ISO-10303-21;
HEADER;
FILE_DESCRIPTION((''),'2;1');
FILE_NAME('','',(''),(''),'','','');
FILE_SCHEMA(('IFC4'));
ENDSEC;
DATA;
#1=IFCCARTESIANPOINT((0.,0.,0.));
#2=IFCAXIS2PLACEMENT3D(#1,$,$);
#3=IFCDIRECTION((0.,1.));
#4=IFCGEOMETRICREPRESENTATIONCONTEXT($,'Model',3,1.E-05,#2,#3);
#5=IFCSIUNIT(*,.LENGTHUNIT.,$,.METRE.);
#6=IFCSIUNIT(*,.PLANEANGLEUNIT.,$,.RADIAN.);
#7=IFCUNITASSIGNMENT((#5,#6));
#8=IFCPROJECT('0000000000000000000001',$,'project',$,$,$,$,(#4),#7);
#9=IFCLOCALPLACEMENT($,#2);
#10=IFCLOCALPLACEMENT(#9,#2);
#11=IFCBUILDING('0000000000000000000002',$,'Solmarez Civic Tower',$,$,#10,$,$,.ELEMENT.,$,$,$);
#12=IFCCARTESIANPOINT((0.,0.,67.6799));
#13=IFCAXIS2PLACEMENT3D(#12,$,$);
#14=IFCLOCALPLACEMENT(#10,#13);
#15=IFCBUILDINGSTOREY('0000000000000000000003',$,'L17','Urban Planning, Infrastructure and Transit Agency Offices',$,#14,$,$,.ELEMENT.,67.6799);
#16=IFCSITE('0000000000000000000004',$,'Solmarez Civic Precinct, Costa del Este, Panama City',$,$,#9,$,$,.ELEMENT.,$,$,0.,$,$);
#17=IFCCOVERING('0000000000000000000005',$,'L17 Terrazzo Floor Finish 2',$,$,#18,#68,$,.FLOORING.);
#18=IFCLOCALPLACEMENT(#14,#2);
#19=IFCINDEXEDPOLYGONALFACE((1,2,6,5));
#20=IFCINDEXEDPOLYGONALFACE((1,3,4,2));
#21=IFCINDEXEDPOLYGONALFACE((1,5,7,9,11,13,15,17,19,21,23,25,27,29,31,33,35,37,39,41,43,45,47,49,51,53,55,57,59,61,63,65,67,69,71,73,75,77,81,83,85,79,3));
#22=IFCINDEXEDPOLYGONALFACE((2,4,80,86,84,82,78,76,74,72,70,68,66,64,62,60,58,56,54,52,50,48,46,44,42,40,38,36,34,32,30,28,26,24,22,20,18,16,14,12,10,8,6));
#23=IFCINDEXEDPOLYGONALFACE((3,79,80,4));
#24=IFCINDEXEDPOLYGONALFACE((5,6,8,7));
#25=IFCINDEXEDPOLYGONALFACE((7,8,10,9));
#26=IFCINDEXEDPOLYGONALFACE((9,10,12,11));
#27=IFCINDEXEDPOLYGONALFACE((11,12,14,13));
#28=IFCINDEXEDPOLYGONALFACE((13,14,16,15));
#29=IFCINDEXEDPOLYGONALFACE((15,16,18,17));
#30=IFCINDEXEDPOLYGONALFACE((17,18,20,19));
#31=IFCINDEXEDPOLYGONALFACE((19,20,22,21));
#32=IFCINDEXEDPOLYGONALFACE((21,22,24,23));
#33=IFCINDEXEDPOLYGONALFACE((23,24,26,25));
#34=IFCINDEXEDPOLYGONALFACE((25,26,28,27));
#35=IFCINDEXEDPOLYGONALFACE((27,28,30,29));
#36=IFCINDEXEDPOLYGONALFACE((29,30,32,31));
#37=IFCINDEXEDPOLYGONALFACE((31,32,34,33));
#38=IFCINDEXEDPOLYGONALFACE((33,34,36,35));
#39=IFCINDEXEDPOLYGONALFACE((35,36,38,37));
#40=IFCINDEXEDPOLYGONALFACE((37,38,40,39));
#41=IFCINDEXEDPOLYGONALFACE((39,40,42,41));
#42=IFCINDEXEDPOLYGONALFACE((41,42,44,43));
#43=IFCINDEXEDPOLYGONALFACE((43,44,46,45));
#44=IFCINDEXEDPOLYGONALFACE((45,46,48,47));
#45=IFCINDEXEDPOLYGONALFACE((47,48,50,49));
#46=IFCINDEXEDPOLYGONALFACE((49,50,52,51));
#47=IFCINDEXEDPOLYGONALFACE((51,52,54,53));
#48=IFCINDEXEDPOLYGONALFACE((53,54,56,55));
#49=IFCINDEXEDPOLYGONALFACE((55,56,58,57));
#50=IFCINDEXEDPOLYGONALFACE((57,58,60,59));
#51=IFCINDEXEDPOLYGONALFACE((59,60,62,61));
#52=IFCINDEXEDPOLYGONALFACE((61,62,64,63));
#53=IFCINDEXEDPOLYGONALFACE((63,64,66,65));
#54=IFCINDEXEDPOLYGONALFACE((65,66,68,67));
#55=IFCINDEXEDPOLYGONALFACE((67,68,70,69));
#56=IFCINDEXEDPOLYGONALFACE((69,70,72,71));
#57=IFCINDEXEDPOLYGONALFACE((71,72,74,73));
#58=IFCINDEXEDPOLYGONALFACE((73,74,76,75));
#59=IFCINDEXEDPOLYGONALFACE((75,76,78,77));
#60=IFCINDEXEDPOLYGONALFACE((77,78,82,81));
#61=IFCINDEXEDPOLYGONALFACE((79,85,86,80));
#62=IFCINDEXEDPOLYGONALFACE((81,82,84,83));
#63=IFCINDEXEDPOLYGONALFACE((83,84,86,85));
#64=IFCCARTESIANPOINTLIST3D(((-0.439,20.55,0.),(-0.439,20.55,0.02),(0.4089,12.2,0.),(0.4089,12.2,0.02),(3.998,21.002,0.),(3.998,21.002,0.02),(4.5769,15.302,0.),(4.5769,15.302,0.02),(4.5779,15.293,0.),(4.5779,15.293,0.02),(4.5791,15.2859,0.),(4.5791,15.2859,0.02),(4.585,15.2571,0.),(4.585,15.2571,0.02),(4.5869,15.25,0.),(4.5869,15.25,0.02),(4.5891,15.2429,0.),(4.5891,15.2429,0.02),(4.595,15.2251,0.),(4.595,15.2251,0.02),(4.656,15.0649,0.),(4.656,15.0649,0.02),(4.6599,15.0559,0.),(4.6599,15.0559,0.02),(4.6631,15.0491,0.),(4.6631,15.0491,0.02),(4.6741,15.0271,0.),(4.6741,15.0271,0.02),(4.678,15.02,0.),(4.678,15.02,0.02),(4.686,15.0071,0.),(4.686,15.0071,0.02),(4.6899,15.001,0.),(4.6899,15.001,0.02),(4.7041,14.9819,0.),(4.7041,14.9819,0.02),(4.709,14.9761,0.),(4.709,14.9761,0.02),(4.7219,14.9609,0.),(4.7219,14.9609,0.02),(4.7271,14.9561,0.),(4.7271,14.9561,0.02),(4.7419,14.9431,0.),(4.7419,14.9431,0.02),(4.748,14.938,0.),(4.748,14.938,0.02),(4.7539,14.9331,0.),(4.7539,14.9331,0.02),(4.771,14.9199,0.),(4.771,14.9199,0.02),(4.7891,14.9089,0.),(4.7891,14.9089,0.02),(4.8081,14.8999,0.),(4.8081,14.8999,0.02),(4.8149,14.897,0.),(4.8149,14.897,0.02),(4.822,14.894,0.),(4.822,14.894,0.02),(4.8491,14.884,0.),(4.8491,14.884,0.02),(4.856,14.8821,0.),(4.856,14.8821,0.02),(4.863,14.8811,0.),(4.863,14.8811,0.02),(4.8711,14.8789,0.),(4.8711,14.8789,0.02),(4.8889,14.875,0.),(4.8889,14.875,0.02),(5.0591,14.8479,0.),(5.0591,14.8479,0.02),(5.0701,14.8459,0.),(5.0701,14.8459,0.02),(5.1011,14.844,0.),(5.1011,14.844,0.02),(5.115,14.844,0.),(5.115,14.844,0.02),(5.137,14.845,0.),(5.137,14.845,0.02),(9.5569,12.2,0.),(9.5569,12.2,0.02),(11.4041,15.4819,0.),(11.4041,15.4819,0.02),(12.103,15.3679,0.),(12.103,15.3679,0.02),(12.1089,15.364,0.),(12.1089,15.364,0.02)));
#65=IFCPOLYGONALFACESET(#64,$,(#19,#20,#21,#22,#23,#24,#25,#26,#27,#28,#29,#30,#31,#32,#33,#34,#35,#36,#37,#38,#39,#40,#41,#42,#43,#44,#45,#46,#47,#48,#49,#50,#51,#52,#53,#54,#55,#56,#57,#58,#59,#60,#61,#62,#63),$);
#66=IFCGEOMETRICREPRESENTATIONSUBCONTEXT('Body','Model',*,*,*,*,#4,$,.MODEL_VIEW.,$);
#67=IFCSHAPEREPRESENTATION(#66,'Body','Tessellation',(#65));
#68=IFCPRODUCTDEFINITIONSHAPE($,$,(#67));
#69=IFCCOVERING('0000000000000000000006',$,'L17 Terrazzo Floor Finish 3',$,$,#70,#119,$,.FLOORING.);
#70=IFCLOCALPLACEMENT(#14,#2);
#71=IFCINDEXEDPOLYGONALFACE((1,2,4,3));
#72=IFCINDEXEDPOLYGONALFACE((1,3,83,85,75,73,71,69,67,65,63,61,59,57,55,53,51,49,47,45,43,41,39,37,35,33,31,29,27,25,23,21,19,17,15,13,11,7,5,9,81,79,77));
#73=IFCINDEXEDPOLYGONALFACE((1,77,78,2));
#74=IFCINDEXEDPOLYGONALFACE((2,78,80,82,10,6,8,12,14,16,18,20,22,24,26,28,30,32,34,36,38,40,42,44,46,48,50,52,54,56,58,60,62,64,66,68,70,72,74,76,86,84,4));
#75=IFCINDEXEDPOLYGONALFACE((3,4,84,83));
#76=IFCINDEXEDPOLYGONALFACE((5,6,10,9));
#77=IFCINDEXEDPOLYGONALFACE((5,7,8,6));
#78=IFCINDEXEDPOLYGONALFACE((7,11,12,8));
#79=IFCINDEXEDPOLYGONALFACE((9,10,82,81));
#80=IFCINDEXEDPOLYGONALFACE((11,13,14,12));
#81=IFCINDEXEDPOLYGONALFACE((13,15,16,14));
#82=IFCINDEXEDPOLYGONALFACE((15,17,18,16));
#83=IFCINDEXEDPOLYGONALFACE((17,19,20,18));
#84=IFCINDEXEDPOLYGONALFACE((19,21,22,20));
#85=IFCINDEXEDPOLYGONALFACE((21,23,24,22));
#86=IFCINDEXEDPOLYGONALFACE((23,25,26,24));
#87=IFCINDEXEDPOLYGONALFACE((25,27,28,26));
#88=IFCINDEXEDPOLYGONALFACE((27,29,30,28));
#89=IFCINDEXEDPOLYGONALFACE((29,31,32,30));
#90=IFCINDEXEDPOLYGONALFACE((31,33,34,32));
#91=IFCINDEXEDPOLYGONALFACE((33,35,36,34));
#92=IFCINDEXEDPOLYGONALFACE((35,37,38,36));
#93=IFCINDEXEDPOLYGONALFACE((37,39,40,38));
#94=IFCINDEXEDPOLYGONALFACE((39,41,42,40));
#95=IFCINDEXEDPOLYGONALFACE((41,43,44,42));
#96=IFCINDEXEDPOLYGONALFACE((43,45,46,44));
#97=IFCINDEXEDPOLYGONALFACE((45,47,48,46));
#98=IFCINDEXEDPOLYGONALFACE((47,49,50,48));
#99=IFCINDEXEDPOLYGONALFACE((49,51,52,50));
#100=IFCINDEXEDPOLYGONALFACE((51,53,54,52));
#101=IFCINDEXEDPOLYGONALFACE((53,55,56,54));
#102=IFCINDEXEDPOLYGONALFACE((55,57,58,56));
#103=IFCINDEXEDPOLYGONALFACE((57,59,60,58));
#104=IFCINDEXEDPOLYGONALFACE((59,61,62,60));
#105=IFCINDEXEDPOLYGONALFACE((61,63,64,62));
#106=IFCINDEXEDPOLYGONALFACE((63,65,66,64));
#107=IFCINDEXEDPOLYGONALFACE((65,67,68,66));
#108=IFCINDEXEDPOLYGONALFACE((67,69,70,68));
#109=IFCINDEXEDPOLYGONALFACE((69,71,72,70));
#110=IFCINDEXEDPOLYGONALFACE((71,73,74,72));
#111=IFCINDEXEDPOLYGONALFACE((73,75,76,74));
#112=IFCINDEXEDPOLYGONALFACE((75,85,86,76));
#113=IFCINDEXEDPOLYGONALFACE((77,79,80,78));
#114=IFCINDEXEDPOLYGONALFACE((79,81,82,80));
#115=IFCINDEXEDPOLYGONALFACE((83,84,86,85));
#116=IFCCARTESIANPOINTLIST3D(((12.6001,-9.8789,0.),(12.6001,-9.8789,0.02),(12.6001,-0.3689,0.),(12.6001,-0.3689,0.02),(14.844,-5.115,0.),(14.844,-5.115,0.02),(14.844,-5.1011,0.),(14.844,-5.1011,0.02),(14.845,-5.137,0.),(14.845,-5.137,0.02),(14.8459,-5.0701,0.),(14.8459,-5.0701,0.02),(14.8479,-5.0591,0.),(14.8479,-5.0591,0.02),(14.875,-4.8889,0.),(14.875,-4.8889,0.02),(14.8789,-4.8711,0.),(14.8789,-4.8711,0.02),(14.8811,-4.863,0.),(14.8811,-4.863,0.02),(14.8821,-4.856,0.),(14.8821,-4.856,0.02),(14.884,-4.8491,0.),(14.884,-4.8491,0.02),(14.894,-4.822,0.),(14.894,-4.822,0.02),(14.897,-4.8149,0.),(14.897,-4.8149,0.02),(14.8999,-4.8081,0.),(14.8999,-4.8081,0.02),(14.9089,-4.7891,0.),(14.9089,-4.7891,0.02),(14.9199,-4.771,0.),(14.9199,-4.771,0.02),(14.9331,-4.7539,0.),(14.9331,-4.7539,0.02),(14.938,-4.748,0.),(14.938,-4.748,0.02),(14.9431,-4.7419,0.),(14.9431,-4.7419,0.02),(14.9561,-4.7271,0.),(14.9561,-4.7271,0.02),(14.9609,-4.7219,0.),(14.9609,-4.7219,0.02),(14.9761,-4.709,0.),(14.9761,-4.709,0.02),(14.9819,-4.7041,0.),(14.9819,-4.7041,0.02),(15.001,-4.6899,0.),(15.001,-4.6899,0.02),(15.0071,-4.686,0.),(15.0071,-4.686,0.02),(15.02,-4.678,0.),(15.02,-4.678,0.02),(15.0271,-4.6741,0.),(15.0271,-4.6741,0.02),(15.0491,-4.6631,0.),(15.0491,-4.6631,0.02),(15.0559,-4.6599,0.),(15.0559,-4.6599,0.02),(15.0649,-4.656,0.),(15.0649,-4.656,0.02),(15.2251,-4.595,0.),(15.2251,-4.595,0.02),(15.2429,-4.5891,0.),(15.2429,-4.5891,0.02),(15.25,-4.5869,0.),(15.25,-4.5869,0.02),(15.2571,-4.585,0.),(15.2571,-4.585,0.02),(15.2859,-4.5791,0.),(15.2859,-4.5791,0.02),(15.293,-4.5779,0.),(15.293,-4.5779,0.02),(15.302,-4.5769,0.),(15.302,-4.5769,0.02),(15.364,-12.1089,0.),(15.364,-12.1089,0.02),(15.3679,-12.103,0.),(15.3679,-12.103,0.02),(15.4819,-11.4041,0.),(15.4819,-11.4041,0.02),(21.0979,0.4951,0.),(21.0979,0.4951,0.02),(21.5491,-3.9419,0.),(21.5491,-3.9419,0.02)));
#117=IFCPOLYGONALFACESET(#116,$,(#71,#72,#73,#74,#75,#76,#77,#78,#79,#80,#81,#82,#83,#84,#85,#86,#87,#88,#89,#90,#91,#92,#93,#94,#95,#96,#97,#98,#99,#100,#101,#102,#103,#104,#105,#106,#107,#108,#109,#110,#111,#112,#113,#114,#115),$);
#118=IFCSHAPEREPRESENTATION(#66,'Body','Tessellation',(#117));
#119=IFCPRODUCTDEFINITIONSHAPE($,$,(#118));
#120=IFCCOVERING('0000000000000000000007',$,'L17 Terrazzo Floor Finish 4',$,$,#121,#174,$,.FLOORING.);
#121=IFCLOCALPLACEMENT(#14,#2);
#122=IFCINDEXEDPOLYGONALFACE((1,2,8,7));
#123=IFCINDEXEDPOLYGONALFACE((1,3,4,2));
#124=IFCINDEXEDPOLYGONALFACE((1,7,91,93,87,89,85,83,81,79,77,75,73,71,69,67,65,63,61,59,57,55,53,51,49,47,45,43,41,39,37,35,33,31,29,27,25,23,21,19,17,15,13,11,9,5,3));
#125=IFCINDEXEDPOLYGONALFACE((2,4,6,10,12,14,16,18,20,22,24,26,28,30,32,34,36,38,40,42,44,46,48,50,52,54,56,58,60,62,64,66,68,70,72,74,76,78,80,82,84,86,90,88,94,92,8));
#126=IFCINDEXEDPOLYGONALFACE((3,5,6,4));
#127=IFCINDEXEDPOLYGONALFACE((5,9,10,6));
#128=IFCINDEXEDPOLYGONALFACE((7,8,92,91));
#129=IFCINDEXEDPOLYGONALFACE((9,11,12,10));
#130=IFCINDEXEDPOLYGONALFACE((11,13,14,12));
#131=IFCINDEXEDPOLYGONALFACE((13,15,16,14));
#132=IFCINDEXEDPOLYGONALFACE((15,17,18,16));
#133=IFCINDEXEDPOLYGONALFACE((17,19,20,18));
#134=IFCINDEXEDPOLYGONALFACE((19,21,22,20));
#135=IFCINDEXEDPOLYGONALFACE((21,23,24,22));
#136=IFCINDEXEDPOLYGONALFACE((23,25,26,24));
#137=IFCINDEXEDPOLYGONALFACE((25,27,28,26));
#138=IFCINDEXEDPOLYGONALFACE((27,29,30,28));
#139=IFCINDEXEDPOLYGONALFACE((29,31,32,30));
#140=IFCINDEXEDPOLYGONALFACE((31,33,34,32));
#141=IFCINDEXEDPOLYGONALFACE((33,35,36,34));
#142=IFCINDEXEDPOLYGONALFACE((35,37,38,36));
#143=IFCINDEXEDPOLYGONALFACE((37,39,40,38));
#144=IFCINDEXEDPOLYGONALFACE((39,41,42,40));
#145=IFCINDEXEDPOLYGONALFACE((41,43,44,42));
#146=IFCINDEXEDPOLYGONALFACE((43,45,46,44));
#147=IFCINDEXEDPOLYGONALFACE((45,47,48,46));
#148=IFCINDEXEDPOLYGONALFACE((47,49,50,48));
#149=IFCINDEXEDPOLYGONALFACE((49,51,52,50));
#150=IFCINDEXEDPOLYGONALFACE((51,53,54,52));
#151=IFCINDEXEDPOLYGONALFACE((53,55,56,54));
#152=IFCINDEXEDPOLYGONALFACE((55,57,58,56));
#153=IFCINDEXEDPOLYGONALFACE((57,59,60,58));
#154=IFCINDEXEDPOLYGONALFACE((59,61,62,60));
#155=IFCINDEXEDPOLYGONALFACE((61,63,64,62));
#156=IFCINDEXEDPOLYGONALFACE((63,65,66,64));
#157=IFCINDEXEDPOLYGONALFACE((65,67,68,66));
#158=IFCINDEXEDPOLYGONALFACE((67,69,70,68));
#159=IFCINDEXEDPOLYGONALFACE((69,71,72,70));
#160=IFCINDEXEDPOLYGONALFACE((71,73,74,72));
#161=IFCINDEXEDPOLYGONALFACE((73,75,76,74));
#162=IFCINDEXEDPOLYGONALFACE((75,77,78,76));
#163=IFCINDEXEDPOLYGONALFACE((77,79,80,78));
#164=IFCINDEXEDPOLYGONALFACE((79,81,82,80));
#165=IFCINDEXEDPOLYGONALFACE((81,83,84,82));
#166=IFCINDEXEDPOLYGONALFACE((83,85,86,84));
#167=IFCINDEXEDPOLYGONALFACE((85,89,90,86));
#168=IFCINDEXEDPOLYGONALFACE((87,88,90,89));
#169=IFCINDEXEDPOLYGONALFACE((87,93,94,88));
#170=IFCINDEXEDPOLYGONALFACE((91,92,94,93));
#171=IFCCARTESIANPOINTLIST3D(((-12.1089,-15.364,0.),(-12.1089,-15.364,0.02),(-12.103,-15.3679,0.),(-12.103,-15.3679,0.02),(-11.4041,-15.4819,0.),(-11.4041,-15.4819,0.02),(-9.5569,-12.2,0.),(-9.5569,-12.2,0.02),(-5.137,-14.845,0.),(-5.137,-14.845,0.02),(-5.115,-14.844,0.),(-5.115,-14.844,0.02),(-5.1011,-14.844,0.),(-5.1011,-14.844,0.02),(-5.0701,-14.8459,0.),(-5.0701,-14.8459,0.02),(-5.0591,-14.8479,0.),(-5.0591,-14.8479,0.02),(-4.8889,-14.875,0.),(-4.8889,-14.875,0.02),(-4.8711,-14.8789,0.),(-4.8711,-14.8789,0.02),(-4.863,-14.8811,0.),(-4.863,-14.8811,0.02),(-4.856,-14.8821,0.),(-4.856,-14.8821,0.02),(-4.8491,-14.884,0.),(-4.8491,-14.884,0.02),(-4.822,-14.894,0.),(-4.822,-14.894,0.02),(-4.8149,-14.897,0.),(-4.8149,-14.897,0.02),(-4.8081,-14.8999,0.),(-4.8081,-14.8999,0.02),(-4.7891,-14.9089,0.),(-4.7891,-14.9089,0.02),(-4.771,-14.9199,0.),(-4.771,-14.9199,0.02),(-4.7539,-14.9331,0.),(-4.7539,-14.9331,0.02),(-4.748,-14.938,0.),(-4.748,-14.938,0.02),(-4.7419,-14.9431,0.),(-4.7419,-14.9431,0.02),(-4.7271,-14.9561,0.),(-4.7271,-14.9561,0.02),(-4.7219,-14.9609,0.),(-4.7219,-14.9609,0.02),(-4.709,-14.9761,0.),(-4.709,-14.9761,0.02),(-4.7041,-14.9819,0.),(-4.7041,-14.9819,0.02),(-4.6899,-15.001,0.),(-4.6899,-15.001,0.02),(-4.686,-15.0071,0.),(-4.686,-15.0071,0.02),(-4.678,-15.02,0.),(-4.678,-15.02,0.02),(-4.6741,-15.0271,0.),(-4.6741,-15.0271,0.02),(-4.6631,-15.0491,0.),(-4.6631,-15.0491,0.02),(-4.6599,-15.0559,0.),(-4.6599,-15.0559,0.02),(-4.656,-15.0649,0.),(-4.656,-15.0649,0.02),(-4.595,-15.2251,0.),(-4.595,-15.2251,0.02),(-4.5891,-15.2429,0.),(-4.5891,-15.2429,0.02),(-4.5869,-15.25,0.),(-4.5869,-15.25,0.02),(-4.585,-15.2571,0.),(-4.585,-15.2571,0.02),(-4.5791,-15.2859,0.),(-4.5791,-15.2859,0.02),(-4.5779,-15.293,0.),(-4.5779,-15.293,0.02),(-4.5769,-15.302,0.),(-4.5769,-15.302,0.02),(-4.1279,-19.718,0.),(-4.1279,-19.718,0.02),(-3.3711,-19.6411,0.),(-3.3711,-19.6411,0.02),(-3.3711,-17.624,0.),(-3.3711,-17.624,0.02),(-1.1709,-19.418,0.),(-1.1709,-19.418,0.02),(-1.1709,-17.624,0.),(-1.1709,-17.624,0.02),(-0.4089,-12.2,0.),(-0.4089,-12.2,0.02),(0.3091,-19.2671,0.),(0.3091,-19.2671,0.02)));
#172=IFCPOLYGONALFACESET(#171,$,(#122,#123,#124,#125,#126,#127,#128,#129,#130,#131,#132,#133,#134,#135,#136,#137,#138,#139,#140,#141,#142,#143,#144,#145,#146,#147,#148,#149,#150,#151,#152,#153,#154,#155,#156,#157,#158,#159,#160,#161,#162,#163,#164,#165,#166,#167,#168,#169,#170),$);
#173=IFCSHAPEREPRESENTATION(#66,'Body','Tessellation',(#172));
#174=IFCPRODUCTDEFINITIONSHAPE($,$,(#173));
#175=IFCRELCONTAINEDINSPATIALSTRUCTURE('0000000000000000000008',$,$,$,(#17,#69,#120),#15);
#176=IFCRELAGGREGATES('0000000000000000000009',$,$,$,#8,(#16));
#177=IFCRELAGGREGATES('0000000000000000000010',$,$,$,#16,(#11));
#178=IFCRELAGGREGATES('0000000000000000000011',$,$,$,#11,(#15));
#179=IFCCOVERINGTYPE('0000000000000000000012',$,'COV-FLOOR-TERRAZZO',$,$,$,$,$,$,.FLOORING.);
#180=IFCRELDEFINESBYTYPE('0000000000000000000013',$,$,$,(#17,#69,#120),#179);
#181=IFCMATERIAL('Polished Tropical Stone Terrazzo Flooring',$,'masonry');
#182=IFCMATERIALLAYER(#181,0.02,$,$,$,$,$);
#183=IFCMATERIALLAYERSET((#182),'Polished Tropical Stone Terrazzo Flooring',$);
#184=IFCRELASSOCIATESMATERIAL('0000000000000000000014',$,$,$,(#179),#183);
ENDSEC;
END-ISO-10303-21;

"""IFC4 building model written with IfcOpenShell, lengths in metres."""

from ifc_helpers import new_model, si_unit, direction, frame, origin, place, context, subcontext, project, spatial, polyline, outline, extrude, material, layer, layer_set, type_object, element, save


model = new_model("IFC4")

# Units and contexts
model_context = context("Model", 3, precision=1e-05, world=origin(), true_north=direction((0.0, 1.0)))
body_context = subcontext(model_context, "Body", "Model", "MODEL_VIEW")
ifc_project = project(units=[si_unit("LENGTHUNIT", "METRE"), si_unit("PLANEANGLEUNIT", "RADIAN")], contexts=[model_context])

# Site, building, storey
site_placement = place(None, origin())
site = spatial("IfcSite", under=ifc_project, at=site_placement, Name="Solmarez Civic Precinct, Costa del Este, Panama City", CompositionType="ELEMENT", RefElevation=0.0)
building_placement = place(site_placement, origin())
building = spatial("IfcBuilding", under=site, at=building_placement, Name="Solmarez Civic Tower", CompositionType="ELEMENT")
storey_placement = place(building_placement, frame((0.0, 0.0, 67.6799)))
storey = spatial("IfcBuildingStorey", under=building, at=storey_placement, Name="L17", Description="Urban Planning, Infrastructure and Transit Agency Offices", CompositionType="ELEMENT", Elevation=67.6799)

# Coverings
ifc_material_1 = material(Name="Polished Tropical Stone Terrazzo Flooring", Category="masonry")
ifc_layer_1 = layer(ifc_material_1, 0.02)
ifc_layer_set_1 = layer_set([ifc_layer_1], Name="Polished Tropical Stone Terrazzo Flooring")
covering_type_1 = type_object("IfcCoveringType", Name="COV-FLOOR-TERRAZZO", PredefinedType="FLOORING", material=ifc_layer_set_1)
covering_1_placement = place(storey_placement, origin())
element("IfcCovering", 1, at=covering_1_placement, inside=storey, type_object=covering_type_1, Name="L17 Terrazzo Floor Finish 2", PredefinedType="FLOORING", context=body_context, shape_type="SweptSolid", body=[
    extrude(outline(polyline([(0.4089, 12.2), (9.5569, 12.2), (12.1089, 15.364), (12.103, 15.3679), (11.4041, 15.4819), (5.137, 14.845), (5.115, 14.844), (5.1011, 14.844), (5.0701, 14.8459), (5.0591, 14.8479), (4.8889, 14.875), (4.8711, 14.8789), (4.863, 14.8811), (4.856, 14.8821), (4.8491, 14.884), (4.822, 14.894), (4.8149, 14.897), (4.8081, 14.8999), (4.7891, 14.9089), (4.771, 14.9199), (4.7539, 14.9331), (4.748, 14.938), (4.7419, 14.9431), (4.7271, 14.9561), (4.7219, 14.9609), (4.709, 14.9761), (4.7041, 14.9819), (4.6899, 15.001), (4.686, 15.0071), (4.678, 15.02), (4.6741, 15.0271), (4.6631, 15.0491), (4.6599, 15.0559), (4.656, 15.0649), (4.595, 15.2251), (4.5891, 15.2429), (4.5869, 15.25), (4.585, 15.2571), (4.5791, 15.2859), (4.5779, 15.293), (4.5769, 15.302), (3.998, 21.002), (-0.439, 20.55), (0.4089, 12.2)])), origin(), (0.0, 0.0, 1.0), 0.02),
])
covering_2_placement = place(storey_placement, origin())
element("IfcCovering", 2, at=covering_2_placement, inside=storey, type_object=covering_type_1, Name="L17 Terrazzo Floor Finish 3", PredefinedType="FLOORING", context=body_context, shape_type="SweptSolid", body=[
    extrude(outline(polyline([(12.6001, -0.3689), (12.6001, -9.8789), (15.364, -12.1089), (15.3679, -12.103), (15.4819, -11.4041), (14.845, -5.137), (14.844, -5.115), (14.844, -5.1011), (14.8459, -5.0701), (14.8479, -5.0591), (14.875, -4.8889), (14.8789, -4.8711), (14.8811, -4.863), (14.8821, -4.856), (14.884, -4.8491), (14.894, -4.822), (14.897, -4.8149), (14.8999, -4.8081), (14.9089, -4.7891), (14.9199, -4.771), (14.9331, -4.7539), (14.938, -4.748), (14.9431, -4.7419), (14.9561, -4.7271), (14.9609, -4.7219), (14.9761, -4.709), (14.9819, -4.7041), (15.001, -4.6899), (15.0071, -4.686), (15.02, -4.678), (15.0271, -4.6741), (15.0491, -4.6631), (15.0559, -4.6599), (15.0649, -4.656), (15.2251, -4.595), (15.2429, -4.5891), (15.25, -4.5869), (15.2571, -4.585), (15.2859, -4.5791), (15.293, -4.5779), (15.302, -4.5769), (21.5491, -3.9419), (21.0979, 0.4951), (12.6001, -0.3689)])), origin(), (0.0, 0.0, 1.0), 0.02),
])
covering_3_placement = place(storey_placement, origin())
element("IfcCovering", 3, at=covering_3_placement, inside=storey, type_object=covering_type_1, Name="L17 Terrazzo Floor Finish 4", PredefinedType="FLOORING", context=body_context, shape_type="SweptSolid", body=[
    extrude(outline(polyline([(-0.4089, -12.2), (-9.5569, -12.2), (-12.1089, -15.364), (-12.103, -15.3679), (-11.4041, -15.4819), (-5.137, -14.845), (-5.115, -14.844), (-5.1011, -14.844), (-5.0701, -14.8459), (-5.0591, -14.8479), (-4.8889, -14.875), (-4.8711, -14.8789), (-4.863, -14.8811), (-4.856, -14.8821), (-4.8491, -14.884), (-4.822, -14.894), (-4.8149, -14.897), (-4.8081, -14.8999), (-4.7891, -14.9089), (-4.771, -14.9199), (-4.7539, -14.9331), (-4.748, -14.938), (-4.7419, -14.9431), (-4.7271, -14.9561), (-4.7219, -14.9609), (-4.709, -14.9761), (-4.7041, -14.9819), (-4.6899, -15.001), (-4.686, -15.0071), (-4.678, -15.02), (-4.6741, -15.0271), (-4.6631, -15.0491), (-4.6599, -15.0559), (-4.656, -15.0649), (-4.595, -15.2251), (-4.5891, -15.2429), (-4.5869, -15.25), (-4.585, -15.2571), (-4.5791, -15.2859), (-4.5779, -15.293), (-4.5769, -15.302), (-4.1279, -19.718), (-3.3711, -19.6411), (-3.3711, -17.624), (-1.1709, -17.624), (-1.1709, -19.418), (0.3091, -19.2671), (-0.4089, -12.2)])), origin(), (0.0, 0.0, 1.0), 0.02),
])

save(model, "model.ifc")
